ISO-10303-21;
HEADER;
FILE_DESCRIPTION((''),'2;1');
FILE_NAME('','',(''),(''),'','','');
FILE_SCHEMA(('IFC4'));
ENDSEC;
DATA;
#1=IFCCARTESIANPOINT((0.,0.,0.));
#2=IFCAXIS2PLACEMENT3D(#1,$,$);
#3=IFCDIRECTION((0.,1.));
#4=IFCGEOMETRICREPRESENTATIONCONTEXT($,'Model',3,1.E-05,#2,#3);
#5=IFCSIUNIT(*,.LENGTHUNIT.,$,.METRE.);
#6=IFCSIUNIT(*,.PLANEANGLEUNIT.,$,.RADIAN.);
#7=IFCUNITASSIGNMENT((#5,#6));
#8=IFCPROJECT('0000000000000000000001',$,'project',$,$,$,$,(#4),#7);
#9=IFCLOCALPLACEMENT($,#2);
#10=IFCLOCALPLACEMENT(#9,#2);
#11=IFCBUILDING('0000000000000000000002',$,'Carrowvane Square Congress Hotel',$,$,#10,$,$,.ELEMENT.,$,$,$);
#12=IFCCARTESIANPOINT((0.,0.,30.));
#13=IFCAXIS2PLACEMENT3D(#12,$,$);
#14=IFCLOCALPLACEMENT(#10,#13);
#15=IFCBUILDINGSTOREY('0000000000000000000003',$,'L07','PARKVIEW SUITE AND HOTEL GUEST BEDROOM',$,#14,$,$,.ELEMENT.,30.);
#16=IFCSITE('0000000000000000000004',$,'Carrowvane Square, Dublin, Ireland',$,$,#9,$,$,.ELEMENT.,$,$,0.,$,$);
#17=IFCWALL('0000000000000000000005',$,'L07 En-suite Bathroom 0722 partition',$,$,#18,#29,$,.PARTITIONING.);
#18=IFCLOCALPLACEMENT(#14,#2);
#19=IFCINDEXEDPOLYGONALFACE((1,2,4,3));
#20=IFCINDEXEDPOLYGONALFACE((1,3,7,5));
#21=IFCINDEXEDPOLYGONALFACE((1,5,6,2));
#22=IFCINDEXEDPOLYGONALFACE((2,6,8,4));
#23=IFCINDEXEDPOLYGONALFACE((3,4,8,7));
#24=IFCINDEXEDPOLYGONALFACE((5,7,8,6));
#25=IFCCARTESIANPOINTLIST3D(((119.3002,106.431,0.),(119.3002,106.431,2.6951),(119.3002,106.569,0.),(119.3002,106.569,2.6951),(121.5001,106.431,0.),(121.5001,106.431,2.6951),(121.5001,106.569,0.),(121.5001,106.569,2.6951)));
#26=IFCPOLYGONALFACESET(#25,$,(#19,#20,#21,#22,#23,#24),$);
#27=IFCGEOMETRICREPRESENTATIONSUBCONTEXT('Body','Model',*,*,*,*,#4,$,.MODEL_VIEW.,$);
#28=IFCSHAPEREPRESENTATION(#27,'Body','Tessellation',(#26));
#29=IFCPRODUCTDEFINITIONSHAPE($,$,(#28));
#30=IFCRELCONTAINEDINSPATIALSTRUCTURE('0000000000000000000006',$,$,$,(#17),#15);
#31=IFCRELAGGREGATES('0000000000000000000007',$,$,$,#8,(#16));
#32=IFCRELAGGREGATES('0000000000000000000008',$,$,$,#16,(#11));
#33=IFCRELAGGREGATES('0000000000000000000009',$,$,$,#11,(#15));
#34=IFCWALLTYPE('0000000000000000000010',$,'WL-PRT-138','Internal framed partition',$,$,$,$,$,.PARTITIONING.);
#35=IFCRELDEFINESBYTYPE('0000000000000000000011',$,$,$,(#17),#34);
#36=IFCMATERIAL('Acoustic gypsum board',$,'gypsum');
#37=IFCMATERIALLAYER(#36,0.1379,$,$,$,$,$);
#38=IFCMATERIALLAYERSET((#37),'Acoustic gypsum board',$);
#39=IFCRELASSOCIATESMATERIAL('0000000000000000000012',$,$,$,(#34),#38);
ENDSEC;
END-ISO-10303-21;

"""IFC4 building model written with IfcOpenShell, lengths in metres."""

from ifc_helpers import new_model, si_unit, direction, frame, frame_2d, origin, place, context, subcontext, project, spatial, rectangle, extrude, material, layer, layer_set, type_object, element, save


model = new_model("IFC4")

# Units and contexts
model_context = context("Model", 3, precision=1e-05, world=origin(), true_north=direction((0.0, 1.0)))
body_context = subcontext(model_context, "Body", "Model", "MODEL_VIEW")
ifc_project = project(units=[si_unit("LENGTHUNIT", "METRE"), si_unit("PLANEANGLEUNIT", "RADIAN")], contexts=[model_context])

# Site, building, storey
site_placement = place(None, origin())
site = spatial("IfcSite", under=ifc_project, at=site_placement, Name="Carrowvane Square, Dublin, Ireland", CompositionType="ELEMENT", RefElevation=0.0)
building_placement = place(site_placement, origin())
building = spatial("IfcBuilding", under=site, at=building_placement, Name="Carrowvane Square Congress Hotel", CompositionType="ELEMENT")
storey_placement = place(building_placement, frame((0.0, 0.0, 30.0)))
storey = spatial("IfcBuildingStorey", under=building, at=storey_placement, Name="L07", Description="PARKVIEW SUITE AND HOTEL GUEST BEDROOM", CompositionType="ELEMENT", Elevation=30.0)

# Wall
ifc_material_1 = material(Name="Acoustic gypsum board", Category="gypsum")
ifc_layer_1 = layer(ifc_material_1, 0.1379)
ifc_layer_set_1 = layer_set([ifc_layer_1], Name="Acoustic gypsum board")
wall_type_1 = type_object("IfcWallType", Name="WL-PRT-138", Description="Internal framed partition", PredefinedType="PARTITIONING", material=ifc_layer_set_1)
wall_1_placement = place(storey_placement, frame((119.3, 106.5, 0.0), z_axis=(0.0, 0.0, 1.0), x_axis=(1.0, 0.0, 0.0)))
element("IfcWall", 1, at=wall_1_placement, inside=storey, type_object=wall_type_1, Name="L07 En-suite Bathroom 0722 partition", PredefinedType="PARTITIONING", context=body_context, shape_type="SweptSolid", body=[
    extrude(rectangle(XDim=2.2, YDim=0.1379, at=frame_2d((1.1001, 0.0))), origin(), (0.0, 0.0, 1.0), 2.6951),
])

save(model, "model.ifc")
